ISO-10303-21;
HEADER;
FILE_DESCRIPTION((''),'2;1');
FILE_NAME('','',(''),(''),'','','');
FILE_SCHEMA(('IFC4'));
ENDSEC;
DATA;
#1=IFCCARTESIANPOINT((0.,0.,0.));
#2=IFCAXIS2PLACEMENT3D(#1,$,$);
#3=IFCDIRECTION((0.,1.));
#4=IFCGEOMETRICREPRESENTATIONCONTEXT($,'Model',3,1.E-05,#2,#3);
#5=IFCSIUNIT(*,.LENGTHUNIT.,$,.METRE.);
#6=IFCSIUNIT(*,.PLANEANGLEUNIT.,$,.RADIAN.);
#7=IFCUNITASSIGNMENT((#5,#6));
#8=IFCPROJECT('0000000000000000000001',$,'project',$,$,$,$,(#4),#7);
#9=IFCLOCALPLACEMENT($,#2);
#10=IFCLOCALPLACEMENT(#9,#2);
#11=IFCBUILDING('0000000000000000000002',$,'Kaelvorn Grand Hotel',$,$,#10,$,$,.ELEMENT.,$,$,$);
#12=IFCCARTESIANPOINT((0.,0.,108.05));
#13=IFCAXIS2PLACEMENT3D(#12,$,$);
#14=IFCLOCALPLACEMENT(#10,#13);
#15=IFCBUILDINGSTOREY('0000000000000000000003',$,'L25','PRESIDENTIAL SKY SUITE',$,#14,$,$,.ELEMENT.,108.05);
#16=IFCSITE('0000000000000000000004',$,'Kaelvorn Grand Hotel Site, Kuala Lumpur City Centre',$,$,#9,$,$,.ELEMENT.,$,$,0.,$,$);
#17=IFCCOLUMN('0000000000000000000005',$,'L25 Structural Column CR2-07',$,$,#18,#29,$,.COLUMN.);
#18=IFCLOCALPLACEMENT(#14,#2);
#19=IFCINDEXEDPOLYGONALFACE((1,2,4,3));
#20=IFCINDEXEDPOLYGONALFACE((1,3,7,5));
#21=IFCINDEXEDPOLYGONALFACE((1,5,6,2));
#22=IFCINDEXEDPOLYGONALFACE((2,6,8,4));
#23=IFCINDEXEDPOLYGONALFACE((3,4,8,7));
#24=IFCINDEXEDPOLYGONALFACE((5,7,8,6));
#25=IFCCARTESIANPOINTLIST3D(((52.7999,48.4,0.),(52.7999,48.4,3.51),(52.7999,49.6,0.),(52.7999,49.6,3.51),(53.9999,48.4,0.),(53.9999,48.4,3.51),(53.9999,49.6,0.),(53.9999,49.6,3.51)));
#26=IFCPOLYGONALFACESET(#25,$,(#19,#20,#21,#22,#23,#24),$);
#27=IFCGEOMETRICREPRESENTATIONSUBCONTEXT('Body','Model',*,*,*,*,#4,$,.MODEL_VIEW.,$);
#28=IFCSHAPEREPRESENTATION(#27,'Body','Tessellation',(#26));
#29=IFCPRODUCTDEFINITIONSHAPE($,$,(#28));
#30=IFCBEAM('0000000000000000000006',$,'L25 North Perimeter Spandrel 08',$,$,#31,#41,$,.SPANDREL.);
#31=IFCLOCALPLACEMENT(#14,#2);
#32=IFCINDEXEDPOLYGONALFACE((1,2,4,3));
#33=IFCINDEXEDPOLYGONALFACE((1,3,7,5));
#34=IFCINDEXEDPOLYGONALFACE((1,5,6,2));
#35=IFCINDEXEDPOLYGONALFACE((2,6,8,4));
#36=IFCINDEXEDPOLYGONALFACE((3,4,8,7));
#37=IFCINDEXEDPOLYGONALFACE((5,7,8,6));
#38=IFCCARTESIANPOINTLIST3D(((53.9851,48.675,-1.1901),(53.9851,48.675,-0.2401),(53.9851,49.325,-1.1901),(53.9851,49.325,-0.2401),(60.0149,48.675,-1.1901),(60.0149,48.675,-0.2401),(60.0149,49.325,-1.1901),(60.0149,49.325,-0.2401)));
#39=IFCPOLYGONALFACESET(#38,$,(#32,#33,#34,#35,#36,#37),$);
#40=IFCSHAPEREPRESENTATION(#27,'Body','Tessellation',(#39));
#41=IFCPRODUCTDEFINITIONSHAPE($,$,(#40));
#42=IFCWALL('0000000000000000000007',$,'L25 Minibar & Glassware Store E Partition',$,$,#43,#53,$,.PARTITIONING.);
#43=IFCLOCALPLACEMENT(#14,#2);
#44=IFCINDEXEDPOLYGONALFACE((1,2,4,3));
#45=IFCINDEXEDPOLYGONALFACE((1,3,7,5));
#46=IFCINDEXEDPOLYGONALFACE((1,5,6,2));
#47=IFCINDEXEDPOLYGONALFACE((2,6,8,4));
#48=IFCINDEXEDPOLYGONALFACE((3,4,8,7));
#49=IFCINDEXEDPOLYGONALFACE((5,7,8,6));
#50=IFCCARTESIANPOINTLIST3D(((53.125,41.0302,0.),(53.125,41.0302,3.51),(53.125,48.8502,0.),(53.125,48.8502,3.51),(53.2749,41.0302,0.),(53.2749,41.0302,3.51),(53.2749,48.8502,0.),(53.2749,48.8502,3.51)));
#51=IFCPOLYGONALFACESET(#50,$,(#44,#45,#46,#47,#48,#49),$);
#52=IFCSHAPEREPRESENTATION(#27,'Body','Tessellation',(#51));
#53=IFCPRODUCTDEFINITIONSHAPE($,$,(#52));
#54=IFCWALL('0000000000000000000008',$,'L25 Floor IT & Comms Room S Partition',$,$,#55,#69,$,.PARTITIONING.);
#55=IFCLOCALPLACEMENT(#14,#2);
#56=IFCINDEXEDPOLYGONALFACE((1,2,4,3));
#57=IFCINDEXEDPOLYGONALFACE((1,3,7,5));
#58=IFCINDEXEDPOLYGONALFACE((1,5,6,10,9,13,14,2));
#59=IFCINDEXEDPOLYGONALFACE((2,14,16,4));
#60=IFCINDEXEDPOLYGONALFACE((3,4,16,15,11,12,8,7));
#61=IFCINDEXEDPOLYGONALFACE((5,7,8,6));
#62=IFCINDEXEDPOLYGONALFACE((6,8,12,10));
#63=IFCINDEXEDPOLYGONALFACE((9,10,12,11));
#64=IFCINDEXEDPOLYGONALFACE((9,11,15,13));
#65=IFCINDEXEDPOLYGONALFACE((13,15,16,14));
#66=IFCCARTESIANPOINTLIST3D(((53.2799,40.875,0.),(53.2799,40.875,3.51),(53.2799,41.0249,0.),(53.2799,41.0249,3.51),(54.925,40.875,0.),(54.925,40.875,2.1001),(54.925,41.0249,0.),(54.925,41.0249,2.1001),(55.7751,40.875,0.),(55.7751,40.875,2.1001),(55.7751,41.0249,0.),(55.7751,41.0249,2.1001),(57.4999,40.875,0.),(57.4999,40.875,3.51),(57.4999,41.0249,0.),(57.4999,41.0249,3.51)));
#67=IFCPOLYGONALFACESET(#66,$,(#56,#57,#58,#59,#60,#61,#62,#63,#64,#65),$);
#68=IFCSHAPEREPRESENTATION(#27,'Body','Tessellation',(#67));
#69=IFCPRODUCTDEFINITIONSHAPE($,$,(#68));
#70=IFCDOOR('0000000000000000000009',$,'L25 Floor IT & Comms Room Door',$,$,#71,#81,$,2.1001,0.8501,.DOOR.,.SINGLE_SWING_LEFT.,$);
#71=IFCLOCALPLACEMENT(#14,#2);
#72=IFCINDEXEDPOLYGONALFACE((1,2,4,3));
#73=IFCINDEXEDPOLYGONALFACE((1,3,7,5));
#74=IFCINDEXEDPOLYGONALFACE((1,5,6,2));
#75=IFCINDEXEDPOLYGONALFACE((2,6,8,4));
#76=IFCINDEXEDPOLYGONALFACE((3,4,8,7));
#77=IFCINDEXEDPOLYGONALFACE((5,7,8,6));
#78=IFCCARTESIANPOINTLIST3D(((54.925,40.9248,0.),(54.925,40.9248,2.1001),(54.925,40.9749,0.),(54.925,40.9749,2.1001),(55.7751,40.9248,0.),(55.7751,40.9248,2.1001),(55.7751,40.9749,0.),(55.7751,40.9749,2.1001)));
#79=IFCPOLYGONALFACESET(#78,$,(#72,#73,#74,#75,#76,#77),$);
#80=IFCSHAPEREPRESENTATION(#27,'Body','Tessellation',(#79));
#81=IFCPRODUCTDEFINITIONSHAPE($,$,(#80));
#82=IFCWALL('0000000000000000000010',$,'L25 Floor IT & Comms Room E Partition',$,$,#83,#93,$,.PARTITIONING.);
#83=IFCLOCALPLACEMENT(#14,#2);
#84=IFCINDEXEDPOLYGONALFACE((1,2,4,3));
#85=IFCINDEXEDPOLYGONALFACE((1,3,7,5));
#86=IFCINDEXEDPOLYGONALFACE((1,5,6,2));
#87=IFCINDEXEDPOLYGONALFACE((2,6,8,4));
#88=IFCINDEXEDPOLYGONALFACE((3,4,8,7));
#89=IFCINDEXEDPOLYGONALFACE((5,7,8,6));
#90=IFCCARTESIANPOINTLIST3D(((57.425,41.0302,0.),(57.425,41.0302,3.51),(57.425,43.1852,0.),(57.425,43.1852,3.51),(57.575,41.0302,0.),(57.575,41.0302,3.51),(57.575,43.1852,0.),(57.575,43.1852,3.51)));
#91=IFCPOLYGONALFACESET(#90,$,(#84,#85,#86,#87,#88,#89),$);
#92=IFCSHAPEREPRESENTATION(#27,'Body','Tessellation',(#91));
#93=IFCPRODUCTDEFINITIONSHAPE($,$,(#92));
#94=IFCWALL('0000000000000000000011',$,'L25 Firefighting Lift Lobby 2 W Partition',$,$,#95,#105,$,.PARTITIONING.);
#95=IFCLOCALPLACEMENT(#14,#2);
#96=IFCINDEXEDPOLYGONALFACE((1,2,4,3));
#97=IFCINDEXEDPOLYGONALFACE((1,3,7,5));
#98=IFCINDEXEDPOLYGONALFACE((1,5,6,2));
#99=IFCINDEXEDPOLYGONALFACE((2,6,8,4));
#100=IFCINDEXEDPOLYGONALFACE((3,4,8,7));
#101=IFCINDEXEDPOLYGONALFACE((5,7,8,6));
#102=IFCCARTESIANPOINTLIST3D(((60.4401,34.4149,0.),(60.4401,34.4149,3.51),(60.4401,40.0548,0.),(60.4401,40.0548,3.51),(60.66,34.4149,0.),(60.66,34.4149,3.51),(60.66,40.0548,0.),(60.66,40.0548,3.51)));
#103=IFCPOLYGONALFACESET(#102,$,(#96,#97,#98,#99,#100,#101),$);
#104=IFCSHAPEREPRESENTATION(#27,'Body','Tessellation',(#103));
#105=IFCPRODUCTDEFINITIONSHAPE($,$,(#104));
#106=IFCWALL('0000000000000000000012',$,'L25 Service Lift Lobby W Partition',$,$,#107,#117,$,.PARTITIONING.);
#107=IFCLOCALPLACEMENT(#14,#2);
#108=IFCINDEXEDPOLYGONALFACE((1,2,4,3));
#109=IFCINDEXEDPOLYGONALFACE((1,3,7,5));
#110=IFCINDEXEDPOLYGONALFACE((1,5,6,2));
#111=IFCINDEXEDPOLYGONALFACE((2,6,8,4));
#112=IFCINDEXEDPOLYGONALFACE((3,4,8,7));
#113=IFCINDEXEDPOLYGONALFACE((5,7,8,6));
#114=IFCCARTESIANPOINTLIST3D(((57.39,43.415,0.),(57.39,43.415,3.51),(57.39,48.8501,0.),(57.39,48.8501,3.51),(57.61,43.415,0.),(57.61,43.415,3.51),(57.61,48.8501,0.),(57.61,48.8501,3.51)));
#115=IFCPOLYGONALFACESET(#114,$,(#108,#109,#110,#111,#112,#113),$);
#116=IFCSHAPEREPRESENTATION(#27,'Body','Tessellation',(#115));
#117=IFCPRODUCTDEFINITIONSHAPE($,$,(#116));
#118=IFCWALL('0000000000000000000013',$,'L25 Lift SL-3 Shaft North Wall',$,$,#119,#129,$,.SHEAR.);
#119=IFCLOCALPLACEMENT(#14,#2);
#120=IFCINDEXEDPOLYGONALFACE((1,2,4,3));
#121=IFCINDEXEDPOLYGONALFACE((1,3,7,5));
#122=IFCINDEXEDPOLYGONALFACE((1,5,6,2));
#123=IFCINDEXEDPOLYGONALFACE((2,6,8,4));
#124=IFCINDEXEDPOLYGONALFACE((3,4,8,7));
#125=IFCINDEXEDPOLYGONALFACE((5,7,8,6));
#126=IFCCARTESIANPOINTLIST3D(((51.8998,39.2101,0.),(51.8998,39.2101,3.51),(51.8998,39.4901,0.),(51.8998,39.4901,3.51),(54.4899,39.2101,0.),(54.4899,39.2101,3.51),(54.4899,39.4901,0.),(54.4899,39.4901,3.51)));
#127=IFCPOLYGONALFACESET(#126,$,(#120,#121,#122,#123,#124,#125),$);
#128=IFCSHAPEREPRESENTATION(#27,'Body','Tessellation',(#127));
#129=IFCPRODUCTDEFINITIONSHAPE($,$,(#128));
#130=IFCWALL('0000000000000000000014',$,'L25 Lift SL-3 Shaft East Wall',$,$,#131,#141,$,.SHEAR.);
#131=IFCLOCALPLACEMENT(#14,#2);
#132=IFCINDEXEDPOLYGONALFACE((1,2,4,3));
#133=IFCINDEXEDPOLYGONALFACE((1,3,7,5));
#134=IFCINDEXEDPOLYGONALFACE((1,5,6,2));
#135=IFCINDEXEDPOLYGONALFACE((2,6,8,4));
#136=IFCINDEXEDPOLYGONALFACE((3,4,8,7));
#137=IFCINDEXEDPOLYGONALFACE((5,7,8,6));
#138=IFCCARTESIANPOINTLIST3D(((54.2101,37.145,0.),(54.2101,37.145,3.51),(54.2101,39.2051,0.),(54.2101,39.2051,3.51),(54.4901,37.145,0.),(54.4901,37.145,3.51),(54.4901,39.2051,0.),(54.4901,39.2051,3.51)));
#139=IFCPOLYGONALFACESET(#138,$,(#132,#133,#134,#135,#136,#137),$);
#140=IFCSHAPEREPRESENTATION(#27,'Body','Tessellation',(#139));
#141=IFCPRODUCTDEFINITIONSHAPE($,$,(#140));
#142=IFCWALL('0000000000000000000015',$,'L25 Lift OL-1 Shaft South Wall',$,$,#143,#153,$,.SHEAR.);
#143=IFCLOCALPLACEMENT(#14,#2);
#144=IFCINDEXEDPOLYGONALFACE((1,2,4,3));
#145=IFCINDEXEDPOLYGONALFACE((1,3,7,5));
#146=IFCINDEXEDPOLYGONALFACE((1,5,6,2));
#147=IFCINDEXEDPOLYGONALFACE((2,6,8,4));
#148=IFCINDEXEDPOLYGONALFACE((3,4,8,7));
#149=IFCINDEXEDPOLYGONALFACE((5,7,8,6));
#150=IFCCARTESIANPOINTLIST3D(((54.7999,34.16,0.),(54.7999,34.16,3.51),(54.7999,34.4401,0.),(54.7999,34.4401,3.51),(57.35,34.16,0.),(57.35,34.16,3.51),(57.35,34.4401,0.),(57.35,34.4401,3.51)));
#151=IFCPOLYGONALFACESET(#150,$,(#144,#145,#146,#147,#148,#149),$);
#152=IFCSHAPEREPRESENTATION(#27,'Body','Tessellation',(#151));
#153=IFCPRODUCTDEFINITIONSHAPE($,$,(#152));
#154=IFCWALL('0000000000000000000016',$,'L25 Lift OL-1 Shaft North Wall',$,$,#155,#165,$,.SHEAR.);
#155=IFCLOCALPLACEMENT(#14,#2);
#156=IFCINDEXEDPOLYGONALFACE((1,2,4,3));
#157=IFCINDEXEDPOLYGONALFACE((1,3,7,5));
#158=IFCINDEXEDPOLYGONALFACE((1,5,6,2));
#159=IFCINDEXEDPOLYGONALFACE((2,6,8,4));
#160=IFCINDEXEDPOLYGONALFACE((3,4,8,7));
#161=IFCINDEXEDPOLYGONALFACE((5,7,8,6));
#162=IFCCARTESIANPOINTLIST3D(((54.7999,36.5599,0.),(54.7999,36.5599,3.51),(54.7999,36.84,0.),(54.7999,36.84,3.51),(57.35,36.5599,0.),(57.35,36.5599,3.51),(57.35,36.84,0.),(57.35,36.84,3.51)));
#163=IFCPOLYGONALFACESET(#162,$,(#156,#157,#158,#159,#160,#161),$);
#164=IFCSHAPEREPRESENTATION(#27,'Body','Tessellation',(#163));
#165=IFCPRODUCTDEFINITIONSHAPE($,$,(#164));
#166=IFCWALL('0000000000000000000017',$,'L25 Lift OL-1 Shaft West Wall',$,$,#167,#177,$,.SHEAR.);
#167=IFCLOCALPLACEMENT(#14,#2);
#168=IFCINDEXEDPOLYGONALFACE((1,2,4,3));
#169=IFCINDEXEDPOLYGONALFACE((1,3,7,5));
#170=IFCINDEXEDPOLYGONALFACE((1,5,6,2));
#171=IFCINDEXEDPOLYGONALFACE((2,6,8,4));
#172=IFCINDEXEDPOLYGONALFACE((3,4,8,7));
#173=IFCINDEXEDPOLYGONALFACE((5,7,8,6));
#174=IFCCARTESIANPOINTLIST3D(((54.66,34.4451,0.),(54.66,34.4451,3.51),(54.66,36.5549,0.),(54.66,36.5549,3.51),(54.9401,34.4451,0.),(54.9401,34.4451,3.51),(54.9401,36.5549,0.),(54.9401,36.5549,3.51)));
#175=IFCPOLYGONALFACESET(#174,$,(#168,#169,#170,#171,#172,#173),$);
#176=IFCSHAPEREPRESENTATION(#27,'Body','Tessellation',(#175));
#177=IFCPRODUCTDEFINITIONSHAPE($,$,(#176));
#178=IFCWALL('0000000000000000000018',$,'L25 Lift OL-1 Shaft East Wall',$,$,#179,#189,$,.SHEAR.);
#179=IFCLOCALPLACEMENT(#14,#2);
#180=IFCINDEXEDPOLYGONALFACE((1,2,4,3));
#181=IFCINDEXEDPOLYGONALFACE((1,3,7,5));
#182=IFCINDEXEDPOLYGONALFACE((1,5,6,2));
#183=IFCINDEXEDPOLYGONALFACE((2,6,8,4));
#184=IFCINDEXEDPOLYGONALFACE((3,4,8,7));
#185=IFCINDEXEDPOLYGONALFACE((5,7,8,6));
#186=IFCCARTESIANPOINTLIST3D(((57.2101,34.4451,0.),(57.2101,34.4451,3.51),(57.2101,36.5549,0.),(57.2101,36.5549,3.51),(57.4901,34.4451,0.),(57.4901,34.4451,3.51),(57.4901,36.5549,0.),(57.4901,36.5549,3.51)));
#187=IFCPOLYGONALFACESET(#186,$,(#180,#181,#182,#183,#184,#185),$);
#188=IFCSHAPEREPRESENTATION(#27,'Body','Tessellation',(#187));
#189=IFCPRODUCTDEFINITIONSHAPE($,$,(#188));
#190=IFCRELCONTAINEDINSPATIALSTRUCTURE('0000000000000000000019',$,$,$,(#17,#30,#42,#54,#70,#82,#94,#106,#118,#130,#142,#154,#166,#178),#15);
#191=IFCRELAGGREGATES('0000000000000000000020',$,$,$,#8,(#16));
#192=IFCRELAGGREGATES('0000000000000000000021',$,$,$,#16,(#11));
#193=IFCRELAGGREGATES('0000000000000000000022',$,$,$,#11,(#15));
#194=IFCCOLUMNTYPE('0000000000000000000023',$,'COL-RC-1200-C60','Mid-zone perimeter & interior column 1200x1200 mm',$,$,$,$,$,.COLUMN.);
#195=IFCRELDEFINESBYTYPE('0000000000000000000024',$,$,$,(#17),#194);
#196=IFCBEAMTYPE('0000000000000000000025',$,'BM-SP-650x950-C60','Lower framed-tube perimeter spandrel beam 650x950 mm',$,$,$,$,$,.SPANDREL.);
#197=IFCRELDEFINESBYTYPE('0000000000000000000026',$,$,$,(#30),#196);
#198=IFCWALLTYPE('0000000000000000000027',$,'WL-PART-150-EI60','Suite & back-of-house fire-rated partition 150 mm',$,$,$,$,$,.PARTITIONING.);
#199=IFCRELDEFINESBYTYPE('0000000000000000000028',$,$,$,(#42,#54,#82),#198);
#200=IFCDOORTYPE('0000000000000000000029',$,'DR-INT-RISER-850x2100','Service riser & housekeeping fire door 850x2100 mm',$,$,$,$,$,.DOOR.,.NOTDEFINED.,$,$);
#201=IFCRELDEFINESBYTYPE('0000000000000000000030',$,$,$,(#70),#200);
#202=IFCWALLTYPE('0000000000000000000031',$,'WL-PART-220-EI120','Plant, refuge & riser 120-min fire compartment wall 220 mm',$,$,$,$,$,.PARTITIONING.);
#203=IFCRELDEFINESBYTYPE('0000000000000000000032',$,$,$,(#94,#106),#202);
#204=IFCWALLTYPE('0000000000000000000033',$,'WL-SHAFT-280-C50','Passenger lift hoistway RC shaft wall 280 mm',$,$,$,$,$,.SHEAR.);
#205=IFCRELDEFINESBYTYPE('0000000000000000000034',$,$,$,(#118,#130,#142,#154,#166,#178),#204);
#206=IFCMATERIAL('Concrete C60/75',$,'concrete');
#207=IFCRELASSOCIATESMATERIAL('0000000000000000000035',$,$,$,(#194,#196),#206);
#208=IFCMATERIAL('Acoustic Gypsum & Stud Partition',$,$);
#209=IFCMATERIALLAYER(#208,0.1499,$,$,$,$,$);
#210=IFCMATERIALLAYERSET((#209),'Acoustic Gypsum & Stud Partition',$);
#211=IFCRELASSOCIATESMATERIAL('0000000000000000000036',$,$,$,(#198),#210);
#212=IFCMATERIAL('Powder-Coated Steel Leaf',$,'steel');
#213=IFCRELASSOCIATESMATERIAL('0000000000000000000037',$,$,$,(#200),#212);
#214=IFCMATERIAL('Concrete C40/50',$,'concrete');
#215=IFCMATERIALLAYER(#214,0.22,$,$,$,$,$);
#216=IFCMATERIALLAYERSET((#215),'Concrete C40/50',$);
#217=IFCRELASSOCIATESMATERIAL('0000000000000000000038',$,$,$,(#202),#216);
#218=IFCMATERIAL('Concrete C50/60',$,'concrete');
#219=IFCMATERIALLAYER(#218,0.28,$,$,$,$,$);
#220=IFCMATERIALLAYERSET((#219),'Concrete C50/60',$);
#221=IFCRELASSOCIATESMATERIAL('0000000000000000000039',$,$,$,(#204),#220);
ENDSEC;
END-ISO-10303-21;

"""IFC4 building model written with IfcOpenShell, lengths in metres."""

from ifc_helpers import new_model, si_unit, direction, frame, frame_2d, origin, origin_2d, place, context, subcontext, project, spatial, rectangle, extrude, material, layer, layer_set, material_profile, profile_set, type_object, element, fill, save


model = new_model("IFC4")

# Units and contexts
model_context = context("Model", 3, precision=1e-05, world=origin(), true_north=direction((0.0, 1.0)))
body_context = subcontext(model_context, "Body", "Model", "MODEL_VIEW")
ifc_project = project(units=[si_unit("LENGTHUNIT", "METRE"), si_unit("PLANEANGLEUNIT", "RADIAN")], contexts=[model_context])

# Site, building, storey
site_placement = place(None, origin())
site = spatial("IfcSite", under=ifc_project, at=site_placement, Name="Kaelvorn Grand Hotel Site, Kuala Lumpur City Centre", CompositionType="ELEMENT", RefElevation=0.0)
building_placement = place(site_placement, origin())
building = spatial("IfcBuilding", under=site, at=building_placement, Name="Kaelvorn Grand Hotel", CompositionType="ELEMENT")
storey_placement = place(building_placement, frame((0.0, 0.0, 108.05)))
storey = spatial("IfcBuildingStorey", under=building, at=storey_placement, Name="L25", Description="PRESIDENTIAL SKY SUITE", CompositionType="ELEMENT", Elevation=108.05)

# Column
ifc_material_1 = material(Name="Concrete C60/75", Category="concrete")
ifc_material_profile_1 = material_profile(ifc_material_1, rectangle(XDim=1.2, YDim=1.2, at=origin_2d()), Name="RC COL 1200x1200")
ifc_profile_set_1 = profile_set([ifc_material_profile_1], Name="Concrete C60/75")
column_type = type_object("IfcColumnType", Name="COL-RC-1200-C60", Description="Mid-zone perimeter & interior column 1200x1200 mm", PredefinedType="COLUMN", material=ifc_profile_set_1)
column_placement = place(storey_placement, frame((53.3999, 49.0, 0.0), z_axis=(0.0, 0.0, 1.0), x_axis=(1.0, 0.0, 0.0)))
element("IfcColumn", 1, at=column_placement, inside=storey, type_object=column_type, Name="L25 Structural Column CR2-07", PredefinedType="COLUMN", context=body_context, shape_type="SweptSolid", body=[
    extrude(rectangle(XDim=1.2, YDim=1.2, at=origin_2d()), origin(), (0.0, 0.0, 1.0), 3.51),
])

# Beam
ifc_material_profile_2 = material_profile(ifc_material_1, rectangle(XDim=0.6499, YDim=0.95, at=origin_2d()), Name="RC SPANDREL 650x950")
ifc_profile_set_2 = profile_set([ifc_material_profile_2], Name="Concrete C60/75")
beam_type = type_object("IfcBeamType", Name="BM-SP-650x950-C60", Description="Lower framed-tube perimeter spandrel beam 650x950 mm", PredefinedType="SPANDREL", material=ifc_profile_set_2)
beam_placement = place(storey_placement, frame((53.9851, 49.0, -0.7151), z_axis=(1.0, 0.0, 0.0), x_axis=(0.0, 1.0, 0.0)))
element("IfcBeam", 2, at=beam_placement, inside=storey, type_object=beam_type, Name="L25 North Perimeter Spandrel 08", PredefinedType="SPANDREL", context=body_context, shape_type="SweptSolid", body=[
    extrude(rectangle(XDim=0.6499, YDim=0.95, at=origin_2d()), origin(), (0.0, 0.0, 1.0), 6.0298),
])

# Wall
ifc_material_2 = material(Name="Acoustic Gypsum & Stud Partition")
ifc_layer_1 = layer(ifc_material_2, 0.1499)
ifc_layer_set_1 = layer_set([ifc_layer_1], Name="Acoustic Gypsum & Stud Partition")
wall_type_1 = type_object("IfcWallType", Name="WL-PART-150-EI60", Description="Suite & back-of-house fire-rated partition 150 mm", PredefinedType="PARTITIONING", material=ifc_layer_set_1)
wall_1_placement = place(storey_placement, frame((53.2, 41.03, 0.0), z_axis=(0.0, 0.0, 1.0), x_axis=(0.0, 1.0, 0.0)))
element("IfcWall", 3, at=wall_1_placement, inside=storey, type_object=wall_type_1, Name="L25 Minibar & Glassware Store E Partition", PredefinedType="PARTITIONING", context=body_context, shape_type="SweptSolid", body=[
    extrude(rectangle(XDim=7.8201, YDim=0.1499, at=frame_2d((3.9102, 0.0))), origin(), (0.0, 0.0, 1.0), 3.51),
])

# Wall, opening, door
wall_2_placement = place(storey_placement, frame((53.28, 40.95, 0.0), z_axis=(0.0, 0.0, 1.0), x_axis=(1.0, 0.0, 0.0)))
wall_2 = element("IfcWall", 4, at=wall_2_placement, inside=storey, type_object=wall_type_1, Name="L25 Floor IT & Comms Room S Partition", PredefinedType="PARTITIONING", context=body_context, shape_type="SweptSolid", body=[
    extrude(rectangle(XDim=4.22, YDim=0.1499, at=frame_2d((2.1099, 0.0))), origin(), (0.0, 0.0, 1.0), 3.51),
])
opening_1_placement = place(wall_2_placement, frame((1.645, 0.0, 0.0)))
opening_1 = element("IfcOpeningElement", 5, at=opening_1_placement, cuts=wall_2, PredefinedType="OPENING", context=body_context, shape_type="SweptSolid", body=[
    extrude(rectangle(XDim=0.8501, YDim=2.1001, at=frame_2d((0.425, 1.05))), frame((0.0, 0.085, 0.0), z_axis=(0.0, -1.0, 0.0), x_axis=(1.0, 0.0, 0.0)), (0.0, 0.0, 1.0), 0.1699),
])
ifc_material_3 = material(Name="Powder-Coated Steel Leaf", Category="steel")
door_type_1 = type_object("IfcDoorType", Name="DR-INT-RISER-850x2100", Description="Service riser & housekeeping fire door 850x2100 mm", OperationType="NOTDEFINED", PredefinedType="DOOR", material=ifc_material_3)
door_1_placement = place(opening_1_placement, origin())
door_1 = element("IfcDoor", 6, at=door_1_placement, inside=storey, type_object=door_type_1, Name="L25 Floor IT & Comms Room Door", OperationType="SINGLE_SWING_LEFT", OverallHeight=2.1001, OverallWidth=0.8501, PredefinedType="DOOR", context=body_context, shape_type="SweptSolid", body=[
    extrude(rectangle(XDim=0.8501, YDim=2.1001, at=frame_2d((0.425, 1.05))), frame((0.0, 0.0249, 0.0), z_axis=(0.0, -1.0, 0.0), x_axis=(1.0, 0.0, 0.0)), (0.0, 0.0, 1.0), 0.05),
])
fill(opening_1, door_1)

# Wall
wall_3_placement = place(storey_placement, frame((57.5, 41.03, 0.0), z_axis=(0.0, 0.0, 1.0), x_axis=(0.0, 1.0, 0.0)))
element("IfcWall", 7, at=wall_3_placement, inside=storey, type_object=wall_type_1, Name="L25 Floor IT & Comms Room E Partition", PredefinedType="PARTITIONING", context=body_context, shape_type="SweptSolid", body=[
    extrude(rectangle(XDim=2.155, YDim=0.1499, at=frame_2d((1.0776, 0.0))), origin(), (0.0, 0.0, 1.0), 3.51),
])

# Shared definitions
ifc_material_4 = material(Name="Concrete C40/50", Category="concrete")
ifc_layer_2 = layer(ifc_material_4, 0.22)
ifc_layer_set_2 = layer_set([ifc_layer_2], Name="Concrete C40/50")
wall_type_2 = type_object("IfcWallType", Name="WL-PART-220-EI120", Description="Plant, refuge & riser 120-min fire compartment wall 220 mm", PredefinedType="PARTITIONING", material=ifc_layer_set_2)

# Wall
wall_4_placement = place(storey_placement, frame((60.55, 34.415, 0.0), z_axis=(0.0, 0.0, 1.0), x_axis=(0.0, 1.0, 0.0)))
element("IfcWall", 8, at=wall_4_placement, inside=storey, type_object=wall_type_2, Name="L25 Firefighting Lift Lobby 2 W Partition", PredefinedType="PARTITIONING", context=body_context, shape_type="SweptSolid", body=[
    extrude(rectangle(XDim=5.6399, YDim=0.22, at=frame_2d((2.8198, 0.0))), origin(), (0.0, 0.0, 1.0), 3.51),
])

# Walls
wall_5_placement = place(storey_placement, frame((57.5, 43.415, 0.0), z_axis=(0.0, 0.0, 1.0), x_axis=(0.0, 1.0, 0.0)))
element("IfcWall", 9, at=wall_5_placement, inside=storey, type_object=wall_type_2, Name="L25 Service Lift Lobby W Partition", PredefinedType="PARTITIONING", context=body_context, shape_type="SweptSolid", body=[
    extrude(rectangle(XDim=5.4351, YDim=0.22, at=frame_2d((2.7175, 0.0))), origin(), (0.0, 0.0, 1.0), 3.51),
])
ifc_material_5 = material(Name="Concrete C50/60", Category="concrete")
ifc_layer_3 = layer(ifc_material_5, 0.28)
ifc_layer_set_3 = layer_set([ifc_layer_3], Name="Concrete C50/60")
wall_type_3 = type_object("IfcWallType", Name="WL-SHAFT-280-C50", Description="Passenger lift hoistway RC shaft wall 280 mm", PredefinedType="SHEAR", material=ifc_layer_set_3)
wall_6_placement = place(storey_placement, frame((51.8999, 39.3501, 0.0), z_axis=(0.0, 0.0, 1.0), x_axis=(1.0, 0.0, 0.0)))
element("IfcWall", 10, at=wall_6_placement, inside=storey, type_object=wall_type_3, Name="L25 Lift SL-3 Shaft North Wall", PredefinedType="SHEAR", context=body_context, shape_type="SweptSolid", body=[
    extrude(rectangle(XDim=2.5901, YDim=0.28, at=frame_2d((1.2949, 0.0))), origin(), (0.0, 0.0, 1.0), 3.51),
])
wall_7_placement = place(storey_placement, frame((54.3501, 37.145, 0.0), z_axis=(0.0, 0.0, 1.0), x_axis=(0.0, 1.0, 0.0)))
element("IfcWall", 11, at=wall_7_placement, inside=storey, type_object=wall_type_3, Name="L25 Lift SL-3 Shaft East Wall", PredefinedType="SHEAR", context=body_context, shape_type="SweptSolid", body=[
    extrude(rectangle(XDim=2.0601, YDim=0.28, at=frame_2d((1.03, 0.0))), origin(), (0.0, 0.0, 1.0), 3.51),
])
for number, where, z_axis, x_axis, name in (
    (12, (54.8, 34.3, 0.0), (0.0, 0.0, 1.0), (1.0, 0.0, 0.0), "L25 Lift OL-1 Shaft South Wall"),
    (13, (54.8, 36.7, 0.0), (0.0, 0.0, 1.0), (1.0, 0.0, 0.0), "L25 Lift OL-1 Shaft North Wall"),
):
    element("IfcWall", number, at=place(storey_placement, frame(where, z_axis=z_axis, x_axis=x_axis)), inside=storey, type_object=wall_type_3, Name=name, PredefinedType="SHEAR", context=body_context, shape_type="SweptSolid", body=[
        extrude(rectangle(XDim=2.55, YDim=0.28, at=frame_2d((1.2749, 0.0))), origin(), (0.0, 0.0, 1.0), 3.51),
    ])
for number, where, z_axis, x_axis, name in (
    (14, (54.8, 34.4451, 0.0), (0.0, 0.0, 1.0), (0.0, 1.0, 0.0), "L25 Lift OL-1 Shaft West Wall"),
    (15, (57.3501, 34.4451, 0.0), (0.0, 0.0, 1.0), (0.0, 1.0, 0.0), "L25 Lift OL-1 Shaft East Wall"),
):
    element("IfcWall", number, at=place(storey_placement, frame(where, z_axis=z_axis, x_axis=x_axis)), inside=storey, type_object=wall_type_3, Name=name, PredefinedType="SHEAR", context=body_context, shape_type="SweptSolid", body=[
        extrude(rectangle(XDim=2.1099, YDim=0.28, at=frame_2d((1.0549, 0.0))), origin(), (0.0, 0.0, 1.0), 3.51),
    ])

save(model, "model.ifc")
